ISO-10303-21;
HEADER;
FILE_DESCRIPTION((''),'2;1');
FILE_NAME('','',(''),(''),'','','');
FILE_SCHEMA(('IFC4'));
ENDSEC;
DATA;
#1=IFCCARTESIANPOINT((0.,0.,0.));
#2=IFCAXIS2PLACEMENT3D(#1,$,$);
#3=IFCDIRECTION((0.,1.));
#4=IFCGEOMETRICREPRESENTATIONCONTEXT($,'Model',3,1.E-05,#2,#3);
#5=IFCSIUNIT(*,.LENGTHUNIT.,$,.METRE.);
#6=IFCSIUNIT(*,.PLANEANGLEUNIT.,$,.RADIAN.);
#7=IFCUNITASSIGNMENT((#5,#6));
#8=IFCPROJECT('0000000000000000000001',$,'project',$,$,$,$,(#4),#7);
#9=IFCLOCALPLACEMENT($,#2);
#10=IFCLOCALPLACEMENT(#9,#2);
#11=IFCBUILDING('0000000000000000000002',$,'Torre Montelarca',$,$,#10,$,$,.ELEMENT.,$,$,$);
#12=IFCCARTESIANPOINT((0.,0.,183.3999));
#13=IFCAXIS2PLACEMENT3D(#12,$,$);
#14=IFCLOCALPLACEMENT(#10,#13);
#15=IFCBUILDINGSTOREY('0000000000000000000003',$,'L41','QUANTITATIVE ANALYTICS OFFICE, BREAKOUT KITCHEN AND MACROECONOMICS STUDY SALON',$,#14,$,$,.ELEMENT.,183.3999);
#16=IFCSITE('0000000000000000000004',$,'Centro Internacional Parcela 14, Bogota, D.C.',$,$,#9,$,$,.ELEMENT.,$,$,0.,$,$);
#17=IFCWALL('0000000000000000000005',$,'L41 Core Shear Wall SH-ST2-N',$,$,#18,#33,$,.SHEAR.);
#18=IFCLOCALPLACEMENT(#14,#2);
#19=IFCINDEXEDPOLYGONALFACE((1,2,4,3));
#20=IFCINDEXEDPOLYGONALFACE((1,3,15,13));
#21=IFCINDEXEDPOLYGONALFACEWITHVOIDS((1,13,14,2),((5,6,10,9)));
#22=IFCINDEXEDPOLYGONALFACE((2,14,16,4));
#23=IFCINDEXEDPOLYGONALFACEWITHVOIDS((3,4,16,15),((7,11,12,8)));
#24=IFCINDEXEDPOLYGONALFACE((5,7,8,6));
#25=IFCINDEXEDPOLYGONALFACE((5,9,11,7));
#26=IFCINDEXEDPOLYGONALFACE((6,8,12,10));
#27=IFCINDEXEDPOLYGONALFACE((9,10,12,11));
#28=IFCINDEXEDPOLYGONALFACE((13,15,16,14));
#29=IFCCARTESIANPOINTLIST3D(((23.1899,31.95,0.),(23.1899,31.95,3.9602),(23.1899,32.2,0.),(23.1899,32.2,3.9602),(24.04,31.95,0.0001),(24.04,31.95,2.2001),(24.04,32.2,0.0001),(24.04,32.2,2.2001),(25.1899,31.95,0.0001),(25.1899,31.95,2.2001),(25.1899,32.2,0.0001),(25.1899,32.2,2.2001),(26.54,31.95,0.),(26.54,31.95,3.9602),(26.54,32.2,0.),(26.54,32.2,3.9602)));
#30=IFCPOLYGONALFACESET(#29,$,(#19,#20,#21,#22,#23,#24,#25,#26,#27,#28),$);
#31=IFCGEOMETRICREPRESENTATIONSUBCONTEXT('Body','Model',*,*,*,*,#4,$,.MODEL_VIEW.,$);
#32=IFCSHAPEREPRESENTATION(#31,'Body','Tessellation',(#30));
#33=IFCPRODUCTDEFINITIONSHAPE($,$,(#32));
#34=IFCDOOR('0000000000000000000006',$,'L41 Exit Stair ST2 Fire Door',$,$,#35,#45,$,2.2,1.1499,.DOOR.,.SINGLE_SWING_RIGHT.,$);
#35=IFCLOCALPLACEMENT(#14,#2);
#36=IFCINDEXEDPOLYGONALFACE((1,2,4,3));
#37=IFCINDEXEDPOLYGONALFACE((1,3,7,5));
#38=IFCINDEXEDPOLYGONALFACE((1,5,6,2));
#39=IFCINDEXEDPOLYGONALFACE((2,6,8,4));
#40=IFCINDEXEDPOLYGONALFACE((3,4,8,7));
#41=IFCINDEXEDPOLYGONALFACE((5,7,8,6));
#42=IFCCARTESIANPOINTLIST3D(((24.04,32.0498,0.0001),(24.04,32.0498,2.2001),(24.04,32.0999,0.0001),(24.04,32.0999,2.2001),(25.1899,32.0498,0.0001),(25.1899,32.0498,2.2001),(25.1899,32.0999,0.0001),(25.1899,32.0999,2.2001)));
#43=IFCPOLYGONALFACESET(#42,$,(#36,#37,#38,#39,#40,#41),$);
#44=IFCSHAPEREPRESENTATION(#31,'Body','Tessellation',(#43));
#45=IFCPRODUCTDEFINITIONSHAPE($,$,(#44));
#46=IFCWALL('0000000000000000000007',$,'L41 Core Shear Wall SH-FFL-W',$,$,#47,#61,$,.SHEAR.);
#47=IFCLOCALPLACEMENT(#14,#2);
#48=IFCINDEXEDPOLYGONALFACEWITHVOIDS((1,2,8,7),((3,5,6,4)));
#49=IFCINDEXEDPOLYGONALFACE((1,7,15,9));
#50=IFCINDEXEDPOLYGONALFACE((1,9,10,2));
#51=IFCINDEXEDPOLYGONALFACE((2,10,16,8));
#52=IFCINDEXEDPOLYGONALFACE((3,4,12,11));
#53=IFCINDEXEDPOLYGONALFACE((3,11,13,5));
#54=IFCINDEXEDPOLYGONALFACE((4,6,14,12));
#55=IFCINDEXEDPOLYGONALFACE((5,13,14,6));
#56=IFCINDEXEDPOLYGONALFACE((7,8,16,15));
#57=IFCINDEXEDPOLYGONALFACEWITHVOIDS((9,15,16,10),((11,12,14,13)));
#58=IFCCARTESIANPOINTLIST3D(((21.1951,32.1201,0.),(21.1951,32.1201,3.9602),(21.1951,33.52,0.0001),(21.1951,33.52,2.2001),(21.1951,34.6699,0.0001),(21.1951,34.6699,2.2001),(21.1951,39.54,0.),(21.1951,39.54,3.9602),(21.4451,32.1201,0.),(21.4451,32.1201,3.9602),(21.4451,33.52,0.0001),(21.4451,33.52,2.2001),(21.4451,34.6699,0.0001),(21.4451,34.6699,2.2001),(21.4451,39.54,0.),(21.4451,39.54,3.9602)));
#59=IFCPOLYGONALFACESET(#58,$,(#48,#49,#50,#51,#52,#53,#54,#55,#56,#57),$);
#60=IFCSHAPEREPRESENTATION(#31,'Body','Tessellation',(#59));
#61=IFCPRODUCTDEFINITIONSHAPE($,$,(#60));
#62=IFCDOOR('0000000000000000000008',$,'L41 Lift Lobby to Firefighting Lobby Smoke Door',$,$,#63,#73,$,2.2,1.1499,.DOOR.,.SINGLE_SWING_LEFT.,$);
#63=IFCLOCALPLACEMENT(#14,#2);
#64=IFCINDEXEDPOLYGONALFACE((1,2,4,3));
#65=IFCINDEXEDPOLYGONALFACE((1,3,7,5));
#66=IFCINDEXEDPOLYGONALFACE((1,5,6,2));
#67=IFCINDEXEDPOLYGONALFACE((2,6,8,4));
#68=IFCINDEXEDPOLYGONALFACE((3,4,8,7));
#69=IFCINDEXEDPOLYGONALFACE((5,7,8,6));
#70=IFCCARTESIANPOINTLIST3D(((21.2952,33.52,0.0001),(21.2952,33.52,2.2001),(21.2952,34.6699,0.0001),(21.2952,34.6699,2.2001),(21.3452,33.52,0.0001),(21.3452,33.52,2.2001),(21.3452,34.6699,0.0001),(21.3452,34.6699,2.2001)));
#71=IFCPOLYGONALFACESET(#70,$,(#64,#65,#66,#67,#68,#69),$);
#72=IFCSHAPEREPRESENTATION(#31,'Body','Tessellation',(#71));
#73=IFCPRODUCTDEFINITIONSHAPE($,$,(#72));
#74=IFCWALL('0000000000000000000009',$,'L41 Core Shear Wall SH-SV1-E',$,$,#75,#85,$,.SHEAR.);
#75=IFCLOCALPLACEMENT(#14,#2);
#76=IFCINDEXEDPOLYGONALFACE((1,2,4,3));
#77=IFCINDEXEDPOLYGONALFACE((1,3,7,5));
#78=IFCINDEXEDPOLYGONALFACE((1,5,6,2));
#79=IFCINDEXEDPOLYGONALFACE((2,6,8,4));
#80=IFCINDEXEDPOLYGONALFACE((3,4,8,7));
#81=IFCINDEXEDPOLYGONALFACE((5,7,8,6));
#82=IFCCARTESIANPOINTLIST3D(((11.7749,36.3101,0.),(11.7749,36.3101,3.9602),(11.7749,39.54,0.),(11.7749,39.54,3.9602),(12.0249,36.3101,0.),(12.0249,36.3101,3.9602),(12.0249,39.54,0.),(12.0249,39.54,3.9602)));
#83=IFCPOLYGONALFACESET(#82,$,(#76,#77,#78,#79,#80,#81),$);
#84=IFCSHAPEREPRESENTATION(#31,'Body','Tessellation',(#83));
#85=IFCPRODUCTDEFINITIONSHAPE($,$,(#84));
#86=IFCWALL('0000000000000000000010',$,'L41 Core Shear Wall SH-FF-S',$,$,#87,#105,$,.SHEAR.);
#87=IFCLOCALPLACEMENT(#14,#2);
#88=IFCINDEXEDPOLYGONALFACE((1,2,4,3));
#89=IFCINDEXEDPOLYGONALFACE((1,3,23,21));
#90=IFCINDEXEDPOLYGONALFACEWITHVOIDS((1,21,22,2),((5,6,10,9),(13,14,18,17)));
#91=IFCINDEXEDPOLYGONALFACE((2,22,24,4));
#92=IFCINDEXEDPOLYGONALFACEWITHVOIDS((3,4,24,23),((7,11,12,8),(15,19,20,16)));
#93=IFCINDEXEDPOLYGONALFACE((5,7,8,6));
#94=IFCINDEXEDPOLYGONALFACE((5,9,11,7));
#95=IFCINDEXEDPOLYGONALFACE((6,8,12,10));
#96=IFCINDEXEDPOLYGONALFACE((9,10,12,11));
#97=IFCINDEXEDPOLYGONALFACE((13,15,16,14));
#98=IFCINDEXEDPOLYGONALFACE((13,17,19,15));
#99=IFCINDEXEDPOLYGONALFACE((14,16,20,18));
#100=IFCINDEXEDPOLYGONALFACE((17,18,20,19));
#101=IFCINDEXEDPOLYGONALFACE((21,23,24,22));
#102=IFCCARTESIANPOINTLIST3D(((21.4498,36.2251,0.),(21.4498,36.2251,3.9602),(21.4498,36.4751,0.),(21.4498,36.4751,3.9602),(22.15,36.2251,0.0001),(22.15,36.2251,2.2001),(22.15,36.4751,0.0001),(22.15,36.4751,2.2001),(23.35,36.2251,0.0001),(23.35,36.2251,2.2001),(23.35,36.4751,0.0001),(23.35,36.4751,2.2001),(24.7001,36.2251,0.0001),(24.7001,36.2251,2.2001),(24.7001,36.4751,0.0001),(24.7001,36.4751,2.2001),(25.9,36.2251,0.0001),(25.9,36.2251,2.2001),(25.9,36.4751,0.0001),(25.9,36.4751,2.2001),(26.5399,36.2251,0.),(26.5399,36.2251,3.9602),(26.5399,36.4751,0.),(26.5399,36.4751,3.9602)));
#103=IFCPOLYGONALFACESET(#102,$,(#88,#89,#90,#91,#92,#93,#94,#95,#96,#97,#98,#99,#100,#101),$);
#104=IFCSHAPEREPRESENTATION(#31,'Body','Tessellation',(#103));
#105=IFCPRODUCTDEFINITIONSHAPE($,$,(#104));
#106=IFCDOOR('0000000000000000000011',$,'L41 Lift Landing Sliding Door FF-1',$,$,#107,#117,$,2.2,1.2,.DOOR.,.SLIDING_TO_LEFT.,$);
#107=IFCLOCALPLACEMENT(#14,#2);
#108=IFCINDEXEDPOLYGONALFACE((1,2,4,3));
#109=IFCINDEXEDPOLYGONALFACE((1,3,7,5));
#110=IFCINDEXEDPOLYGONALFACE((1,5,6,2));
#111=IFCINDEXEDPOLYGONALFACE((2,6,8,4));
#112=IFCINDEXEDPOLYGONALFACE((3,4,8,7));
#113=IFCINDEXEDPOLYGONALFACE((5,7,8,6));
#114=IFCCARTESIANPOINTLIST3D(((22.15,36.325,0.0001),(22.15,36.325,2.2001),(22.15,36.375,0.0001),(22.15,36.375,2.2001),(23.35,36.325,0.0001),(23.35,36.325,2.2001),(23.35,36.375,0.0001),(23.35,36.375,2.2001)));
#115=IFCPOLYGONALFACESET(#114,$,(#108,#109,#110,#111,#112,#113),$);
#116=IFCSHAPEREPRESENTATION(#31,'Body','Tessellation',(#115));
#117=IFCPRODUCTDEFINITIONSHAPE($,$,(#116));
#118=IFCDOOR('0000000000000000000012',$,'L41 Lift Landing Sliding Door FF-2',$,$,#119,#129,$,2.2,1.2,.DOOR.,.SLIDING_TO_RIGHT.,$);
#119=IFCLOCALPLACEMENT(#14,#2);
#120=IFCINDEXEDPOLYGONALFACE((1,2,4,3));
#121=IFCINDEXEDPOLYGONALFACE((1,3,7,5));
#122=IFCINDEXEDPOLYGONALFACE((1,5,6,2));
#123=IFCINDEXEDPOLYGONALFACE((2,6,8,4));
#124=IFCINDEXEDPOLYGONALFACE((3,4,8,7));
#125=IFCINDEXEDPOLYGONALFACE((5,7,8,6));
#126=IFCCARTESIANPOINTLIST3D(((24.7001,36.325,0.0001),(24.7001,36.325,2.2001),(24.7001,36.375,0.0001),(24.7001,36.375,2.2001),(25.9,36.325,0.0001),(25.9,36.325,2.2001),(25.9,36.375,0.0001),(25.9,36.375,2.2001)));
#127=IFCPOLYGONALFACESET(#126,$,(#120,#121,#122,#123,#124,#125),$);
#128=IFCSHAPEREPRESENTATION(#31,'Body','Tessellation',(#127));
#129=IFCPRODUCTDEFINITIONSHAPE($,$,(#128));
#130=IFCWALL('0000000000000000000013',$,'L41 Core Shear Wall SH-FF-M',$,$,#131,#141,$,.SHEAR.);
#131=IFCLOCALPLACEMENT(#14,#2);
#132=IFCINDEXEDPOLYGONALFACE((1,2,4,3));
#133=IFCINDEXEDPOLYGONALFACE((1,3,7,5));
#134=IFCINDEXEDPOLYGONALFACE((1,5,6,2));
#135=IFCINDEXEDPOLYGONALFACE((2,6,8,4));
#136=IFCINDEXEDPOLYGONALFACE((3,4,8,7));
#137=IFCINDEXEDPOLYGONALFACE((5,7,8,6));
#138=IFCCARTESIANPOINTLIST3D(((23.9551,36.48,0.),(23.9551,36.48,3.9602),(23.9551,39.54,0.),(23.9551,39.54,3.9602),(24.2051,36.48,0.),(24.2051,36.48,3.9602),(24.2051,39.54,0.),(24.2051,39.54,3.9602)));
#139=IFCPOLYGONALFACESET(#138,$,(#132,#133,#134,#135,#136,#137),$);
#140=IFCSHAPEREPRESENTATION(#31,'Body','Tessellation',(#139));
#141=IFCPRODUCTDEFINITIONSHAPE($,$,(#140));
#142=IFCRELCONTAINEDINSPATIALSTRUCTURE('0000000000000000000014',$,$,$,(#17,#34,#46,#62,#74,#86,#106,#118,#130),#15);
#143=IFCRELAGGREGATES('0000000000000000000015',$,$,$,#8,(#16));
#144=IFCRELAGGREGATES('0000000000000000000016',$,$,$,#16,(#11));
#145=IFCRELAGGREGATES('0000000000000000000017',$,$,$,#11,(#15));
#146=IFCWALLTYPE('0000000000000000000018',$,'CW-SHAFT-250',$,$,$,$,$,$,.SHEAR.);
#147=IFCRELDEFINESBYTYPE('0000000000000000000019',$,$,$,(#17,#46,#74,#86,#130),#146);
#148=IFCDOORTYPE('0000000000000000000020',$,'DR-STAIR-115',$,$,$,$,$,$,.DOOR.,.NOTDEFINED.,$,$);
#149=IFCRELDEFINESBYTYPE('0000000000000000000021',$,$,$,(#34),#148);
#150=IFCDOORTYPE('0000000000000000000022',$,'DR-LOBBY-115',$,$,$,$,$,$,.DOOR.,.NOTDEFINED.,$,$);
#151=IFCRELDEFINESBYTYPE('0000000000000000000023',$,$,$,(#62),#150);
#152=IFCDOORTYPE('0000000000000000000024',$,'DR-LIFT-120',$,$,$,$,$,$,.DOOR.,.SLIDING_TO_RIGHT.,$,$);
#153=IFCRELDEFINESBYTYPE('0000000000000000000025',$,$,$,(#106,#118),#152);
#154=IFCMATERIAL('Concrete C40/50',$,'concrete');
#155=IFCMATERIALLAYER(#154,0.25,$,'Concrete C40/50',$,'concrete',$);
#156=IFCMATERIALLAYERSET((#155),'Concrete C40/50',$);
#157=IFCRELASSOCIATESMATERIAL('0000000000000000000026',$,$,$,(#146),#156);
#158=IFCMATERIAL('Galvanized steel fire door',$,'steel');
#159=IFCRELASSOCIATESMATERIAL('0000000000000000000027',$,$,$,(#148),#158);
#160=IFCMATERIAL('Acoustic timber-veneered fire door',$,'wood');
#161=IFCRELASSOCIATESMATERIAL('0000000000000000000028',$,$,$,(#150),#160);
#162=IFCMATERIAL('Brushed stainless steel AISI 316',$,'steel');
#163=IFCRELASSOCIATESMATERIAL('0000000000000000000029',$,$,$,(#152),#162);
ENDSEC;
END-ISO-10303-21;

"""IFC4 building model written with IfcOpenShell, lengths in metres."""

from ifc_helpers import new_model, si_unit, direction, frame, frame_2d, origin, place, context, subcontext, project, spatial, rectangle, extrude, source, transform, mapped, material, layer, layer_set, type_object, element, fill, save


model = new_model("IFC4")

# Units and contexts
model_context = context("Model", 3, precision=1e-05, world=origin(), true_north=direction((0.0, 1.0)))
body_context = subcontext(model_context, "Body", "Model", "MODEL_VIEW")
ifc_project = project(units=[si_unit("LENGTHUNIT", "METRE"), si_unit("PLANEANGLEUNIT", "RADIAN")], contexts=[model_context])

# Site, building, storey
site_placement = place(None, origin())
site = spatial("IfcSite", under=ifc_project, at=site_placement, Name="Centro Internacional Parcela 14, Bogota, D.C.", CompositionType="ELEMENT", RefElevation=0.0)
building_placement = place(site_placement, origin())
building = spatial("IfcBuilding", under=site, at=building_placement, Name="Torre Montelarca", CompositionType="ELEMENT")
storey_placement = place(building_placement, frame((0.0, 0.0, 183.3999)))
storey = spatial("IfcBuildingStorey", under=building, at=storey_placement, Name="L41", Description="QUANTITATIVE ANALYTICS OFFICE, BREAKOUT KITCHEN AND MACROECONOMICS STUDY SALON", CompositionType="ELEMENT", Elevation=183.3999)

# Walls, openings, doors
ifc_material_1 = material(Name="Concrete C40/50", Category="concrete")
ifc_layer_1 = layer(ifc_material_1, 0.25, Name="Concrete C40/50", Category="concrete")
ifc_layer_set_1 = layer_set([ifc_layer_1], Name="Concrete C40/50")
wall_type_1 = type_object("IfcWallType", Name="CW-SHAFT-250", PredefinedType="SHEAR", material=ifc_layer_set_1)
wall_1_placement = place(storey_placement, frame((23.1899, 32.075, 0.0), z_axis=(0.0, 0.0, 1.0), x_axis=(1.0, 0.0, 0.0)))
wall_1 = element("IfcWall", 1, at=wall_1_placement, inside=storey, type_object=wall_type_1, Name="L41 Core Shear Wall SH-ST2-N", PredefinedType="SHEAR", context=body_context, shape_type="SweptSolid", body=[
    extrude(rectangle(XDim=3.3501, YDim=0.25, at=frame_2d((1.675, 0.0))), origin(), (0.0, 0.0, 1.0), 3.9602),
])
opening_1_placement = place(wall_1_placement, frame((0.8501, 0.0, 0.0)))
opening_1 = element("IfcOpeningElement", 2, at=opening_1_placement, cuts=wall_1, PredefinedType="OPENING", context=body_context, shape_type="SweptSolid", body=[
    extrude(rectangle(XDim=1.1499, YDim=2.2, at=frame_2d((0.575, 1.1001))), frame((0.0, 0.135, 0.0), z_axis=(0.0, -1.0, 0.0), x_axis=(1.0, 0.0, 0.0)), (0.0, 0.0, 1.0), 0.27),
])
ifc_material_2 = material(Name="Galvanized steel fire door", Category="steel")
door_type_1 = type_object("IfcDoorType", Name="DR-STAIR-115", OperationType="NOTDEFINED", PredefinedType="DOOR", material=ifc_material_2)
shared_shape_1 = source(origin(), body_context, "Body", "SweptSolid", [
    extrude(rectangle(XDim=1.1499, YDim=2.2, at=frame_2d((0.575, 1.1001))), frame((0.0, 0.0249, 0.0), z_axis=(0.0, -1.0, 0.0), x_axis=(1.0, 0.0, 0.0)), (0.0, 0.0, 1.0), 0.05),
])
door_1_placement = place(opening_1_placement, origin())
door_1 = element("IfcDoor", 3, at=door_1_placement, inside=storey, type_object=door_type_1, Name="L41 Exit Stair ST2 Fire Door", OperationType="SINGLE_SWING_RIGHT", OverallHeight=2.2, OverallWidth=1.1499, PredefinedType="DOOR", context=body_context, shape_type="MappedRepresentation", body=[
    mapped(shared_shape_1, transform((0.0, 0.0, 0.0), scale=1.0)),
])
fill(opening_1, door_1)
wall_2_placement = place(storey_placement, frame((21.3201, 32.1201, 0.0), z_axis=(0.0, 0.0, 1.0), x_axis=(0.0, 1.0, 0.0)))
wall_2 = element("IfcWall", 4, at=wall_2_placement, inside=storey, type_object=wall_type_1, Name="L41 Core Shear Wall SH-FFL-W", PredefinedType="SHEAR", context=body_context, shape_type="SweptSolid", body=[
    extrude(rectangle(XDim=7.4199, YDim=0.25, at=frame_2d((3.71, 0.0))), origin(), (0.0, 0.0, 1.0), 3.9602),
])
opening_2_placement = place(wall_2_placement, frame((1.3999, 0.0, 0.0)))
opening_2 = element("IfcOpeningElement", 5, at=opening_2_placement, cuts=wall_2, PredefinedType="OPENING", context=body_context, shape_type="SweptSolid", body=[
    extrude(rectangle(XDim=1.1499, YDim=2.2, at=frame_2d((0.575, 1.1001))), frame((0.0, 0.135, 0.0), z_axis=(0.0, -1.0, 0.0), x_axis=(1.0, 0.0, 0.0)), (0.0, 0.0, 1.0), 0.27),
])
ifc_material_3 = material(Name="Acoustic timber-veneered fire door", Category="wood")
door_type_2 = type_object("IfcDoorType", Name="DR-LOBBY-115", OperationType="NOTDEFINED", PredefinedType="DOOR", material=ifc_material_3)
shared_shape_2 = source(origin(), body_context, "Body", "SweptSolid", [
    extrude(rectangle(XDim=1.1499, YDim=2.2, at=frame_2d((0.575, 1.1001))), frame((0.0, 0.0249, 0.0), z_axis=(0.0, -1.0, 0.0), x_axis=(1.0, 0.0, 0.0)), (0.0, 0.0, 1.0), 0.05),
])
door_2_placement = place(opening_2_placement, origin())
door_2 = element("IfcDoor", 6, at=door_2_placement, inside=storey, type_object=door_type_2, Name="L41 Lift Lobby to Firefighting Lobby Smoke Door", OperationType="SINGLE_SWING_LEFT", OverallHeight=2.2, OverallWidth=1.1499, PredefinedType="DOOR", context=body_context, shape_type="MappedRepresentation", body=[
    mapped(shared_shape_2, transform((0.0, 0.0, 0.0), scale=1.0)),
])
fill(opening_2, door_2)

# Wall
wall_3_placement = place(storey_placement, frame((11.8999, 36.3101, 0.0), z_axis=(0.0, 0.0, 1.0), x_axis=(0.0, 1.0, 0.0)))
element("IfcWall", 7, at=wall_3_placement, inside=storey, type_object=wall_type_1, Name="L41 Core Shear Wall SH-SV1-E", PredefinedType="SHEAR", context=body_context, shape_type="SweptSolid", body=[
    extrude(rectangle(XDim=3.23, YDim=0.25, at=frame_2d((1.615, 0.0))), origin(), (0.0, 0.0, 1.0), 3.9602),
])

# Wall, openings, doors
wall_4_placement = place(storey_placement, frame((21.45, 36.3501, 0.0), z_axis=(0.0, 0.0, 1.0), x_axis=(1.0, 0.0, 0.0)))
wall_4 = element("IfcWall", 8, at=wall_4_placement, inside=storey, type_object=wall_type_1, Name="L41 Core Shear Wall SH-FF-S", PredefinedType="SHEAR", context=body_context, shape_type="SweptSolid", body=[
    extrude(rectangle(XDim=5.0901, YDim=0.25, at=frame_2d((2.5449, 0.0))), origin(), (0.0, 0.0, 1.0), 3.9602),
])
opening_3_placement = place(wall_4_placement, frame((0.7, 0.0, 0.0)))
opening_3 = element("IfcOpeningElement", 9, at=opening_3_placement, cuts=wall_4, PredefinedType="OPENING", context=body_context, shape_type="SweptSolid", body=[
    extrude(rectangle(XDim=1.2, YDim=2.2, at=frame_2d((0.6001, 1.1001))), frame((0.0, 0.135, 0.0), z_axis=(0.0, -1.0, 0.0), x_axis=(1.0, 0.0, 0.0)), (0.0, 0.0, 1.0), 0.27),
])
opening_4_placement = place(wall_4_placement, frame((3.25, 0.0, 0.0)))
opening_4 = element("IfcOpeningElement", 10, at=opening_4_placement, cuts=wall_4, PredefinedType="OPENING", context=body_context, shape_type="SweptSolid", body=[
    extrude(rectangle(XDim=1.2, YDim=2.2, at=frame_2d((0.6001, 1.1001))), frame((0.0, 0.135, 0.0), z_axis=(0.0, -1.0, 0.0), x_axis=(1.0, 0.0, 0.0)), (0.0, 0.0, 1.0), 0.27),
])
ifc_material_4 = material(Name="Brushed stainless steel AISI 316", Category="steel")
door_type_3 = type_object("IfcDoorType", Name="DR-LIFT-120", OperationType="SLIDING_TO_RIGHT", PredefinedType="DOOR", material=ifc_material_4)
shared_shape_3 = source(origin(), body_context, "Body", "SweptSolid", [
    extrude(rectangle(XDim=1.2, YDim=2.2, at=frame_2d((0.6001, 1.1001))), frame((0.0, 0.0249, 0.0), z_axis=(0.0, -1.0, 0.0), x_axis=(1.0, 0.0, 0.0)), (0.0, 0.0, 1.0), 0.05),
])
door_3_placement = place(opening_3_placement, origin())
door_3 = element("IfcDoor", 11, at=door_3_placement, inside=storey, type_object=door_type_3, Name="L41 Lift Landing Sliding Door FF-1", OperationType="SLIDING_TO_LEFT", OverallHeight=2.2, OverallWidth=1.2, PredefinedType="DOOR", context=body_context, shape_type="MappedRepresentation", body=[
    mapped(shared_shape_3, transform((0.0, 0.0, 0.0), scale=1.0)),
])
fill(opening_3, door_3)
door_4_placement = place(opening_4_placement, origin())
door_4 = element("IfcDoor", 12, at=door_4_placement, inside=storey, type_object=door_type_3, Name="L41 Lift Landing Sliding Door FF-2", OperationType="SLIDING_TO_RIGHT", OverallHeight=2.2, OverallWidth=1.2, PredefinedType="DOOR", context=body_context, shape_type="MappedRepresentation", body=[
    mapped(shared_shape_3, transform((0.0, 0.0, 0.0), scale=1.0)),
])
fill(opening_4, door_4)

# Wall
wall_5_placement = place(storey_placement, frame((24.0801, 36.48, 0.0), z_axis=(0.0, 0.0, 1.0), x_axis=(0.0, 1.0, 0.0)))
element("IfcWall", 13, at=wall_5_placement, inside=storey, type_object=wall_type_1, Name="L41 Core Shear Wall SH-FF-M", PredefinedType="SHEAR", context=body_context, shape_type="SweptSolid", body=[
    extrude(rectangle(XDim=3.0601, YDim=0.25, at=frame_2d((1.53, 0.0))), origin(), (0.0, 0.0, 1.0), 3.9602),
])

save(model, "model.ifc")
